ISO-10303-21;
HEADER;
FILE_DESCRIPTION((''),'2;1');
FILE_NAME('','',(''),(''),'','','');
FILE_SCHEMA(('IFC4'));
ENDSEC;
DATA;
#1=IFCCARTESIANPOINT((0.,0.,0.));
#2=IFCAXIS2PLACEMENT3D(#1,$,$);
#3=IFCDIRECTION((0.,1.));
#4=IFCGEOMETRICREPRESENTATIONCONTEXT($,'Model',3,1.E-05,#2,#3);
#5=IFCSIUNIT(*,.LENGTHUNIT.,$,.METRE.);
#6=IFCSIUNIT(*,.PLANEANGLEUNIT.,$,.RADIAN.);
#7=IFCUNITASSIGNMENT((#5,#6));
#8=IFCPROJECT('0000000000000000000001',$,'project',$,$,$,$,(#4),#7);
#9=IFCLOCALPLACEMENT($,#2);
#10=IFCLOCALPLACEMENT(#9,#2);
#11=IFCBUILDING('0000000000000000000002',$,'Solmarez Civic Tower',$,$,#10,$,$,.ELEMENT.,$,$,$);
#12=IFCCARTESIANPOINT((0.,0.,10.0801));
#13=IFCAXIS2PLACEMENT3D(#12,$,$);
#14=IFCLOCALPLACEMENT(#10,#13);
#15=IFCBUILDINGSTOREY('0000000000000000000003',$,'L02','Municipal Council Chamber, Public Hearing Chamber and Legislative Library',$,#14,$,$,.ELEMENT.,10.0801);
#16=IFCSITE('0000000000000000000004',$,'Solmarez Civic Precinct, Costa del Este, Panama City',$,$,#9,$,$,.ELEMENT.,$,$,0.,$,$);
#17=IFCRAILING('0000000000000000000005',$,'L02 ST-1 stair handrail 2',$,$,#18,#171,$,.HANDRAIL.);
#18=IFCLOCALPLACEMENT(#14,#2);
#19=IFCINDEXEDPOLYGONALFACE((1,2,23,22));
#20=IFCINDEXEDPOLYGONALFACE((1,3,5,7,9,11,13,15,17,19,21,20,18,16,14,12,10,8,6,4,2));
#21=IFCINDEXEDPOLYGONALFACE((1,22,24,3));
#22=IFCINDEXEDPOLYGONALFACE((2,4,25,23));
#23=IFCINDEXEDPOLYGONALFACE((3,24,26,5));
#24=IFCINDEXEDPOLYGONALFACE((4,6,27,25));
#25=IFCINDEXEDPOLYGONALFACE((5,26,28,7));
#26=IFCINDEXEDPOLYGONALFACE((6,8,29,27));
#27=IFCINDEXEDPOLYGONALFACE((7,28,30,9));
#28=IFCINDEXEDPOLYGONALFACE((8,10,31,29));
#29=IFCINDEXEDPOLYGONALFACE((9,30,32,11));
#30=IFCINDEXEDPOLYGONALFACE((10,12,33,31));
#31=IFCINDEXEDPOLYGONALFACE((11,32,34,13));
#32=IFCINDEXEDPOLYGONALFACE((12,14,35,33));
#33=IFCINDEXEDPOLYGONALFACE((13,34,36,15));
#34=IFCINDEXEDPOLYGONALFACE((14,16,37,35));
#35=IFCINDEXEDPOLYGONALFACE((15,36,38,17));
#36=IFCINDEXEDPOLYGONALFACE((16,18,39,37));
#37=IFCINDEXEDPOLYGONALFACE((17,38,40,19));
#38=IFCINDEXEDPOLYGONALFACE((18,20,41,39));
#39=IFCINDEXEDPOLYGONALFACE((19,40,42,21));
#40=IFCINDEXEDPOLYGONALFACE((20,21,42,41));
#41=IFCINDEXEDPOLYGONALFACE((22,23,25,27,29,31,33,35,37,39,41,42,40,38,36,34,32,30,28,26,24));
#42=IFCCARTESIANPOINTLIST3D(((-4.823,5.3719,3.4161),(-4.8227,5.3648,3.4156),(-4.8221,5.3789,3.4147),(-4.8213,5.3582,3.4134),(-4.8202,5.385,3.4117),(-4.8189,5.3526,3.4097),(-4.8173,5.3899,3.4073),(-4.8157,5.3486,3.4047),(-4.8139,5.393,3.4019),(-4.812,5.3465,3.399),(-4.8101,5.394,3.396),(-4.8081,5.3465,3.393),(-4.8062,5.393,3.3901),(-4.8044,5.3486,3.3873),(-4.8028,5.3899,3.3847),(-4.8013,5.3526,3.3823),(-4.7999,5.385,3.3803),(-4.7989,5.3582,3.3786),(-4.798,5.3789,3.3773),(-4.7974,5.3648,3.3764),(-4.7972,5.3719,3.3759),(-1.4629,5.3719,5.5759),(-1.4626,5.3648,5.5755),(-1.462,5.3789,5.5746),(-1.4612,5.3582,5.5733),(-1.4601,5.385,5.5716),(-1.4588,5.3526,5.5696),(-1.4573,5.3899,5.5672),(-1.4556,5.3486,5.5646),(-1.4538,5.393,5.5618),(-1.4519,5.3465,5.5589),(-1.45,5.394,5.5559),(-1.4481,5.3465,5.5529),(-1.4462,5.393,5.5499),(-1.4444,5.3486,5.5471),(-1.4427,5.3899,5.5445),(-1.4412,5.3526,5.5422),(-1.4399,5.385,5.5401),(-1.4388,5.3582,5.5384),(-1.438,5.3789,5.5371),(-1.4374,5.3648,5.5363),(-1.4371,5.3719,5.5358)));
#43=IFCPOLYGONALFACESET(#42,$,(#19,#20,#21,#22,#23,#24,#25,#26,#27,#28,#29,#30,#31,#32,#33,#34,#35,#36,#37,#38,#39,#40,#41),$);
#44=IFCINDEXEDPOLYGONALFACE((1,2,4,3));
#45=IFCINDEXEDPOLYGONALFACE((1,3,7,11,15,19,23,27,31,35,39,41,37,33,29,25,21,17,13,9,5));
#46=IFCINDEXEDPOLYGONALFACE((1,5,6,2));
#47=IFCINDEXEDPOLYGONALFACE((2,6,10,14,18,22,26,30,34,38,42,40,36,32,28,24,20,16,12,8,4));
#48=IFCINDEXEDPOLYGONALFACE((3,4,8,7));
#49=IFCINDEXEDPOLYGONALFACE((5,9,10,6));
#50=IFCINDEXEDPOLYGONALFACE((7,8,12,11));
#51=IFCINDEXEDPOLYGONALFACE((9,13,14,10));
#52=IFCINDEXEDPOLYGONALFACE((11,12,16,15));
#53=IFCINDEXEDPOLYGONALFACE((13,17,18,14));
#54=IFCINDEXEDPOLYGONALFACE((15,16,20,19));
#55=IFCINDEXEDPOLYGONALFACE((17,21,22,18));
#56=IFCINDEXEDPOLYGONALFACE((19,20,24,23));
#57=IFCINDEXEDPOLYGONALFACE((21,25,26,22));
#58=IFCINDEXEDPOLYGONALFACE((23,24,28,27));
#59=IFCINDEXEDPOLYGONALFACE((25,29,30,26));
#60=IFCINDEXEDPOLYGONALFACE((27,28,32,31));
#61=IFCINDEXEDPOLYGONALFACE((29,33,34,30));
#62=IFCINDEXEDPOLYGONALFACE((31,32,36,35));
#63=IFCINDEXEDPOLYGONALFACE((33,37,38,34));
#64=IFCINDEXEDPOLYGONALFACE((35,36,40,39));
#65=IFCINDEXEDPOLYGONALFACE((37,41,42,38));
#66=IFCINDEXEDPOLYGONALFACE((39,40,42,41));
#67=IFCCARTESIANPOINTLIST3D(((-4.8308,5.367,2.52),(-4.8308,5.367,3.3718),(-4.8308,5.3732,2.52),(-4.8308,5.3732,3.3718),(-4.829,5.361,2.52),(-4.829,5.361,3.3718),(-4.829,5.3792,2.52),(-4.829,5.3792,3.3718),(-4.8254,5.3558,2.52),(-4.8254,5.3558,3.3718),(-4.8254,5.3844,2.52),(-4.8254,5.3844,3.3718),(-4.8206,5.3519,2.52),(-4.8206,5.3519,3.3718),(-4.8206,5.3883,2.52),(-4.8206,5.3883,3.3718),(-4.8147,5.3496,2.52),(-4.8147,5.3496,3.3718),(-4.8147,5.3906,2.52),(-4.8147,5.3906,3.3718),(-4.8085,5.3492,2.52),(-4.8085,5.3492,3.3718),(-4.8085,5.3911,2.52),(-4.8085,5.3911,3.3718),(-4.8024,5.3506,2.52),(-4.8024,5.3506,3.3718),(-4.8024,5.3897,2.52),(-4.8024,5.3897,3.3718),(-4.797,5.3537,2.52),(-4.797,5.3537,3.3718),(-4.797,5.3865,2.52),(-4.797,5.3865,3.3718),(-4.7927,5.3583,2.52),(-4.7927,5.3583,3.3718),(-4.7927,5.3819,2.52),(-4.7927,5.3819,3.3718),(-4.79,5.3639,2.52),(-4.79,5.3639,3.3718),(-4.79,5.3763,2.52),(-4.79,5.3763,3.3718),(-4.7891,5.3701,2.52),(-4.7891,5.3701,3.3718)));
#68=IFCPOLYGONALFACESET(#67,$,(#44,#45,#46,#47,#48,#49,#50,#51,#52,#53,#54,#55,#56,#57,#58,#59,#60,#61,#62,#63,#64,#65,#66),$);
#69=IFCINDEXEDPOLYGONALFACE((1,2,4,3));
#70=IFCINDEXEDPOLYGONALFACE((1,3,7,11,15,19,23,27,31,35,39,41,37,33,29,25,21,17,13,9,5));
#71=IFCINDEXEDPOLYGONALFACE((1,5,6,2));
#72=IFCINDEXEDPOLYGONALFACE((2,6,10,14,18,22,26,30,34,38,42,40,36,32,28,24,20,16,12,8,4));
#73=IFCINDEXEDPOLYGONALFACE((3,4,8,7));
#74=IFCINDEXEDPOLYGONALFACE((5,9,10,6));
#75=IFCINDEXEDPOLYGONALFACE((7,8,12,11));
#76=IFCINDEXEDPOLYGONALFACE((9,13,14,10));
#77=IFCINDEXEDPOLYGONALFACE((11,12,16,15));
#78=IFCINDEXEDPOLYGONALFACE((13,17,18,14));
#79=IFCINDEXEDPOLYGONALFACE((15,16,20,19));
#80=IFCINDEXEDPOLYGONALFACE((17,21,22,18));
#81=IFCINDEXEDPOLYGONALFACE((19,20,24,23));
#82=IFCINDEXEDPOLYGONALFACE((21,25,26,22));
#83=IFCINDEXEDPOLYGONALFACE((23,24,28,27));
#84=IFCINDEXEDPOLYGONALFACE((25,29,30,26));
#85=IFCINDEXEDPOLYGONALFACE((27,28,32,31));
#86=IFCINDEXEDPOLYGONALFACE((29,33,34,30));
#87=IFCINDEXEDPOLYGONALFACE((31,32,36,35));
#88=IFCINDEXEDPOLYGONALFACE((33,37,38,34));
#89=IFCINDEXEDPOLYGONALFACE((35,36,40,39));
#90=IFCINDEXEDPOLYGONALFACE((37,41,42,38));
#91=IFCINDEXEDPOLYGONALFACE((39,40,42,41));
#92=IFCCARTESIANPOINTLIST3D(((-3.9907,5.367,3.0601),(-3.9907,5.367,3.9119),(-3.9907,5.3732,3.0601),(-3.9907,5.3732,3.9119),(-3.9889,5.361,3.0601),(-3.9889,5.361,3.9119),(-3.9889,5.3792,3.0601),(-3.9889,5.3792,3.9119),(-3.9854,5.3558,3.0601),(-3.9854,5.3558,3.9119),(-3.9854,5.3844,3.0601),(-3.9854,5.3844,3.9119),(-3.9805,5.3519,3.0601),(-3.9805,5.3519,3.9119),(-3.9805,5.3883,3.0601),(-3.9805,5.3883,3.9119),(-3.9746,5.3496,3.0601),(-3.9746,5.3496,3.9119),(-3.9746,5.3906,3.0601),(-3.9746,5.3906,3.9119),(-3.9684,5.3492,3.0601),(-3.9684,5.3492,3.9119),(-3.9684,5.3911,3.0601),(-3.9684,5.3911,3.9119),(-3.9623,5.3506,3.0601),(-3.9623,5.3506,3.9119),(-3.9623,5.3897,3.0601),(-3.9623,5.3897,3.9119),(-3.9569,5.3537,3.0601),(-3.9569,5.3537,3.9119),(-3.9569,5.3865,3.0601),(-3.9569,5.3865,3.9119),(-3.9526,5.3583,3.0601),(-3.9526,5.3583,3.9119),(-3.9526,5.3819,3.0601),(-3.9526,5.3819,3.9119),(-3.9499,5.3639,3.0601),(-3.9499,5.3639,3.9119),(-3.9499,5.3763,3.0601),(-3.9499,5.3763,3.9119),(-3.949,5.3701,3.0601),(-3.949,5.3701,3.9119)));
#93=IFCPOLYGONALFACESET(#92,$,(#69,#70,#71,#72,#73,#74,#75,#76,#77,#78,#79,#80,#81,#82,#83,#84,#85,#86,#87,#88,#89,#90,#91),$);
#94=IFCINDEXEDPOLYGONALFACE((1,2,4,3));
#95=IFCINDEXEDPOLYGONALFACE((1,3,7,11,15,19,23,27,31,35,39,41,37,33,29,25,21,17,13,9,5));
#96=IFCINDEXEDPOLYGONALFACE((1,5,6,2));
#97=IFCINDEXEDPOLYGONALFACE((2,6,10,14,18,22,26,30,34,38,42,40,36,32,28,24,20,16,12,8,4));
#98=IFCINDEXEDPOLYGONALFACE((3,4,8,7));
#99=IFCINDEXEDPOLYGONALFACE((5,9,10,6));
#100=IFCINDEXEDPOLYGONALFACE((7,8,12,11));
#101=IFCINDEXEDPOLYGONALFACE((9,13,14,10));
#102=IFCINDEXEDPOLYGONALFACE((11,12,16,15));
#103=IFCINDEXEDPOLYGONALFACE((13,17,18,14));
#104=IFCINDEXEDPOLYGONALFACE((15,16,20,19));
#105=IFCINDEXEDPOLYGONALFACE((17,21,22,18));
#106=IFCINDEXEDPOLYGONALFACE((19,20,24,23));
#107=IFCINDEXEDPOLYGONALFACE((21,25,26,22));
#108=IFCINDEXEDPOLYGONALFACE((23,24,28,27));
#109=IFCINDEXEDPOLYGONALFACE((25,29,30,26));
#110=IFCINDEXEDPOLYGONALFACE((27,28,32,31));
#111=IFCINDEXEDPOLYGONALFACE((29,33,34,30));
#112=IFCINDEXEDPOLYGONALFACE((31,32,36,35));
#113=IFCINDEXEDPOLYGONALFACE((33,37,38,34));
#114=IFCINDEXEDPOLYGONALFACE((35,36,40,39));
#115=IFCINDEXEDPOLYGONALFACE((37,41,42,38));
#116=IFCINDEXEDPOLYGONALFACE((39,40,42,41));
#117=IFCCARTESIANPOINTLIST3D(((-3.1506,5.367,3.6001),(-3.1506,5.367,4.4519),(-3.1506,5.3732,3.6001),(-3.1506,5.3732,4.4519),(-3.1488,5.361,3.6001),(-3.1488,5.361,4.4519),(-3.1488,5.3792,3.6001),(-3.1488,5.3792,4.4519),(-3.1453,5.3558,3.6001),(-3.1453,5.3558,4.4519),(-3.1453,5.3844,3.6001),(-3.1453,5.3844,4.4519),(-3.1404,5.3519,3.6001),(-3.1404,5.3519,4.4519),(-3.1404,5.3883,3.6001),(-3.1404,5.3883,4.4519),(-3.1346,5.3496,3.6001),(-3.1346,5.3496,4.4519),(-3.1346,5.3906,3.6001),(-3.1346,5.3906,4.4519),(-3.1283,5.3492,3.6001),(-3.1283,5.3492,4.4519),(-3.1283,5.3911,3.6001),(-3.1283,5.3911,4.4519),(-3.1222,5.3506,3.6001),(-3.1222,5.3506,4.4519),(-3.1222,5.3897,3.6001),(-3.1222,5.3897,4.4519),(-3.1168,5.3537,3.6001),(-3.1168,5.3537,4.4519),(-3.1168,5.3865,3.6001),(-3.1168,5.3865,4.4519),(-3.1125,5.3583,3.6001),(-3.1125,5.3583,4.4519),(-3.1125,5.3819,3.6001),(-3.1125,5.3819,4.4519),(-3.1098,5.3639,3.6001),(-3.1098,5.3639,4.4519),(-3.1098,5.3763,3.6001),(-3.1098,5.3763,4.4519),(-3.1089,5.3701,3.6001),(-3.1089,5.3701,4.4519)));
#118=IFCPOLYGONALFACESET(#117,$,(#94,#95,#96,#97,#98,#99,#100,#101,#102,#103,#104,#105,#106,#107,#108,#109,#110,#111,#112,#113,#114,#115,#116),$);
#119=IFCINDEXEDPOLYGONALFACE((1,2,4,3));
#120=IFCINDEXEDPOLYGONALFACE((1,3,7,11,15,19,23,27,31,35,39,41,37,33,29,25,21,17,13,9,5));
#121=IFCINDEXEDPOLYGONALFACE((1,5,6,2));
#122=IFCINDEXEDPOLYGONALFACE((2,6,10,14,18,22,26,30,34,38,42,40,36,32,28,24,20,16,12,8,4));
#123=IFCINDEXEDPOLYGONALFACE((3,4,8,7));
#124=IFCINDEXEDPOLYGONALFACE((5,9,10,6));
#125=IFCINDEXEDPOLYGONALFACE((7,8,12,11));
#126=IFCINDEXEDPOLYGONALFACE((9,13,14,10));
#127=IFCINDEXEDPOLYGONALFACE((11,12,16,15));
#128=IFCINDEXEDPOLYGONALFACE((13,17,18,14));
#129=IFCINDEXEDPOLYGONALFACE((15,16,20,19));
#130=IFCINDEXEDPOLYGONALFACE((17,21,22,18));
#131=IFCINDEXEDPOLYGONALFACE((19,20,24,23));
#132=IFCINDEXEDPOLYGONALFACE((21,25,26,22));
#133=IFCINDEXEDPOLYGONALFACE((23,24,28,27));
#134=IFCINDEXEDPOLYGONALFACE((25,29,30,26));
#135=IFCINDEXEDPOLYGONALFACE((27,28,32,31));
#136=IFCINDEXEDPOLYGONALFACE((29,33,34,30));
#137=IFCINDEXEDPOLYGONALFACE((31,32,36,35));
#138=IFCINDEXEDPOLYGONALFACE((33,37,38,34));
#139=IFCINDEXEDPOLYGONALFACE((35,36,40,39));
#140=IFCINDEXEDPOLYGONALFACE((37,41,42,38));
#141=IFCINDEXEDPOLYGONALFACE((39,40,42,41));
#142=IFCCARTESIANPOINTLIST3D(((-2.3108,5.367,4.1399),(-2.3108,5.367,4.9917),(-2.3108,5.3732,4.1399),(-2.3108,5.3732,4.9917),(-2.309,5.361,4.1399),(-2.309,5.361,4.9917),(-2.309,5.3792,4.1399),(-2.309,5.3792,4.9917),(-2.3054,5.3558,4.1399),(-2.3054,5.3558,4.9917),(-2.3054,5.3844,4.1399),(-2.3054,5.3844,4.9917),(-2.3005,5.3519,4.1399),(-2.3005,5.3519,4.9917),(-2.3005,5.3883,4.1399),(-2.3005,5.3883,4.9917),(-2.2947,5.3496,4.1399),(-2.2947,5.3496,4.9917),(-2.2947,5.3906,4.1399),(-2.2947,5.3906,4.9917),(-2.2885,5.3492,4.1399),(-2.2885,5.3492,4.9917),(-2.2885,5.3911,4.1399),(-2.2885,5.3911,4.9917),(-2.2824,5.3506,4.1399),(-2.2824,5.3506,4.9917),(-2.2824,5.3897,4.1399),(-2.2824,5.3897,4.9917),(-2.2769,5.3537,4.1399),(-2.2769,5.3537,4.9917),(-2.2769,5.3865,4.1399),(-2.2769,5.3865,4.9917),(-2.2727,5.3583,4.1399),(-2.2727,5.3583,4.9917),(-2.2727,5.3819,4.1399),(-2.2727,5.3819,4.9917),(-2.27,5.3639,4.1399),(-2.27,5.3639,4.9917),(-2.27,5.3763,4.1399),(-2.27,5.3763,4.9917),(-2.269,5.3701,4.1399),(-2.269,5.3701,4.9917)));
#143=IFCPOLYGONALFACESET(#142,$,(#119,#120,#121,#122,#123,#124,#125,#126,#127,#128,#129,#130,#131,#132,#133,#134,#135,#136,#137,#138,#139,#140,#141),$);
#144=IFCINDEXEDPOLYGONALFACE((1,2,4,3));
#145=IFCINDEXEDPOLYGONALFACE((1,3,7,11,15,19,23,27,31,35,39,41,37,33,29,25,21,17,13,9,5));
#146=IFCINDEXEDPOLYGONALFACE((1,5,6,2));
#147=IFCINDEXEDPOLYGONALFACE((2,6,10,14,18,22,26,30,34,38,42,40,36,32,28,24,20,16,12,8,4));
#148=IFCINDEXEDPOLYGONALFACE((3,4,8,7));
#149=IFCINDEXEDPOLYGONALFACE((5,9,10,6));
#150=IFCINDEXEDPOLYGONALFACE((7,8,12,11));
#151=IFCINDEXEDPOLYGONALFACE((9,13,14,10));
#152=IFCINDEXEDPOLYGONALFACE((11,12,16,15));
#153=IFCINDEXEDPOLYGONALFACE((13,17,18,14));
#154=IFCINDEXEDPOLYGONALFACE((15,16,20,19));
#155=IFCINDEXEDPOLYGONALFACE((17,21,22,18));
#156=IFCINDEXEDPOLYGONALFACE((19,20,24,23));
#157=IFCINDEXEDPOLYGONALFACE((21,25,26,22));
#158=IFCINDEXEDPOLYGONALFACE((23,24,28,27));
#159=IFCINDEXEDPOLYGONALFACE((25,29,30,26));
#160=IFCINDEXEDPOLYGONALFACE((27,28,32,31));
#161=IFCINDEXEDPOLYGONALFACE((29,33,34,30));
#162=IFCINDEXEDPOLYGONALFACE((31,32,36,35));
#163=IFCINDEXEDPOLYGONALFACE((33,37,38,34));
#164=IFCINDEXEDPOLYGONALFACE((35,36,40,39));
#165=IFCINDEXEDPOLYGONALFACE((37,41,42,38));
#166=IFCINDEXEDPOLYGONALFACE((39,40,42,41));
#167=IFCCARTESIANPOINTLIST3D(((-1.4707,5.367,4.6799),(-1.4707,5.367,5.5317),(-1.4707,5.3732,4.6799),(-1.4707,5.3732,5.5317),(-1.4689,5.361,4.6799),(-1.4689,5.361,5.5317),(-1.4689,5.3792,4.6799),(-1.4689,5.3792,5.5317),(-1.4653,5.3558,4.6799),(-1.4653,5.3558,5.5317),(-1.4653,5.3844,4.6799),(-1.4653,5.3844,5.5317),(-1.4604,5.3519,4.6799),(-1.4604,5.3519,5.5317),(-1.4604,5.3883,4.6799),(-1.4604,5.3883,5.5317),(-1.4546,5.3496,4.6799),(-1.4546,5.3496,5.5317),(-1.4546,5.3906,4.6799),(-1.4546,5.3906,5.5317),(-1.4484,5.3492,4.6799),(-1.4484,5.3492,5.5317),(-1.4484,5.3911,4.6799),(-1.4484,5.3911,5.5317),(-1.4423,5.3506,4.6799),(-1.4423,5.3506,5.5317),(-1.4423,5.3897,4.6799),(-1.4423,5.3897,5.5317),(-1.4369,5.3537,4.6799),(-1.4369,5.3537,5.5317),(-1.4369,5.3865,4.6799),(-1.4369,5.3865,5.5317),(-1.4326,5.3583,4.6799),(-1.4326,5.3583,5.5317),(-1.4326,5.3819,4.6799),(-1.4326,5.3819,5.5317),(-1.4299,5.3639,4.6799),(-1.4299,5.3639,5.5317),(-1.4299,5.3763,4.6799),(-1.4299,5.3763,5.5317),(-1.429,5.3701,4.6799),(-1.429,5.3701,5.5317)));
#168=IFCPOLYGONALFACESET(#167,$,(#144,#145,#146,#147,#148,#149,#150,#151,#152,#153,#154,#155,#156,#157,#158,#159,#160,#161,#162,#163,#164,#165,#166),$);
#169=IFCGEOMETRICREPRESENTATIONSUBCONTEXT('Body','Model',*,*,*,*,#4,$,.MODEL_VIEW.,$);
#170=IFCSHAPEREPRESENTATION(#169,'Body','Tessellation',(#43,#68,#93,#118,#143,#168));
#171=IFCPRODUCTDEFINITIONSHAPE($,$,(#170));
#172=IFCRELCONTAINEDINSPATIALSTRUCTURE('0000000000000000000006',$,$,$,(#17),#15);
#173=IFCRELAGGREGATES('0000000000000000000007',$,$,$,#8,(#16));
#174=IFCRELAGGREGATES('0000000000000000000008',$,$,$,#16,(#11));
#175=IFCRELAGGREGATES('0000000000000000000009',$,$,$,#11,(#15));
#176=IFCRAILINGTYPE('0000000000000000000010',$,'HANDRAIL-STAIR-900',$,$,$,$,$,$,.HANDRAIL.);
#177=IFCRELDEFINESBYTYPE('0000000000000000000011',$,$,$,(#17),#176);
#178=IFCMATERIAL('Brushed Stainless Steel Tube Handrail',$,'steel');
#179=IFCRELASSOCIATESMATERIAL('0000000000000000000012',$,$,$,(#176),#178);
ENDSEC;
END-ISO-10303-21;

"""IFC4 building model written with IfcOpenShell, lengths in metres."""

from ifc_helpers import new_model, si_unit, direction, frame, origin, origin_2d, place, context, subcontext, project, spatial, circle, extrude, material, type_object, element, save


model = new_model("IFC4")

# Units and contexts
model_context = context("Model", 3, precision=1e-05, world=origin(), true_north=direction((0.0, 1.0)))
body_context = subcontext(model_context, "Body", "Model", "MODEL_VIEW")
ifc_project = project(units=[si_unit("LENGTHUNIT", "METRE"), si_unit("PLANEANGLEUNIT", "RADIAN")], contexts=[model_context])

# Site, building, storey
site_placement = place(None, origin())
site = spatial("IfcSite", under=ifc_project, at=site_placement, Name="Solmarez Civic Precinct, Costa del Este, Panama City", CompositionType="ELEMENT", RefElevation=0.0)
building_placement = place(site_placement, origin())
building = spatial("IfcBuilding", under=site, at=building_placement, Name="Solmarez Civic Tower", CompositionType="ELEMENT")
storey_placement = place(building_placement, frame((0.0, 0.0, 10.0801)))
storey = spatial("IfcBuildingStorey", under=building, at=storey_placement, Name="L02", Description="Municipal Council Chamber, Public Hearing Chamber and Legislative Library", CompositionType="ELEMENT", Elevation=10.0801)

# Railing
ifc_material_1 = material(Name="Brushed Stainless Steel Tube Handrail", Category="steel")
railing_type_1 = type_object("IfcRailingType", Name="HANDRAIL-STAIR-900", PredefinedType="HANDRAIL", material=ifc_material_1)
railing_1_placement = place(storey_placement, frame((-4.8101, 5.3701, 2.52)))
element("IfcRailing", 1, at=railing_1_placement, inside=storey, type_object=railing_type_1, Name="L02 ST-1 stair handrail 2", PredefinedType="HANDRAIL", context=body_context, shape_type="SweptSolid", body=[
    extrude(circle(Radius=0.0239, at=origin_2d()), frame((0.0, 0.0, 0.876), z_axis=(0.841196, 0.0, 0.54073), x_axis=(0.0, 1.0, 0.0)), (0.0, 0.0, 1.0), 3.9944),
    extrude(circle(Radius=0.021, at=origin_2d()), origin(), (0.0, 0.0, 1.0), 0.8518),
    extrude(circle(Radius=0.021, at=origin_2d()), frame((0.8401, 0.0, 0.54)), (0.0, 0.0, 1.0), 0.8518),
    extrude(circle(Radius=0.021, at=origin_2d()), frame((1.6802, 0.0, 1.0801)), (0.0, 0.0, 1.0), 0.8518),
    extrude(circle(Radius=0.021, at=origin_2d()), frame((2.52, 0.0, 1.6199)), (0.0, 0.0, 1.0), 0.8518),
    extrude(circle(Radius=0.021, at=origin_2d()), frame((3.3601, 0.0, 2.1599)), (0.0, 0.0, 1.0), 0.8518),
])

save(model, "model.ifc")
